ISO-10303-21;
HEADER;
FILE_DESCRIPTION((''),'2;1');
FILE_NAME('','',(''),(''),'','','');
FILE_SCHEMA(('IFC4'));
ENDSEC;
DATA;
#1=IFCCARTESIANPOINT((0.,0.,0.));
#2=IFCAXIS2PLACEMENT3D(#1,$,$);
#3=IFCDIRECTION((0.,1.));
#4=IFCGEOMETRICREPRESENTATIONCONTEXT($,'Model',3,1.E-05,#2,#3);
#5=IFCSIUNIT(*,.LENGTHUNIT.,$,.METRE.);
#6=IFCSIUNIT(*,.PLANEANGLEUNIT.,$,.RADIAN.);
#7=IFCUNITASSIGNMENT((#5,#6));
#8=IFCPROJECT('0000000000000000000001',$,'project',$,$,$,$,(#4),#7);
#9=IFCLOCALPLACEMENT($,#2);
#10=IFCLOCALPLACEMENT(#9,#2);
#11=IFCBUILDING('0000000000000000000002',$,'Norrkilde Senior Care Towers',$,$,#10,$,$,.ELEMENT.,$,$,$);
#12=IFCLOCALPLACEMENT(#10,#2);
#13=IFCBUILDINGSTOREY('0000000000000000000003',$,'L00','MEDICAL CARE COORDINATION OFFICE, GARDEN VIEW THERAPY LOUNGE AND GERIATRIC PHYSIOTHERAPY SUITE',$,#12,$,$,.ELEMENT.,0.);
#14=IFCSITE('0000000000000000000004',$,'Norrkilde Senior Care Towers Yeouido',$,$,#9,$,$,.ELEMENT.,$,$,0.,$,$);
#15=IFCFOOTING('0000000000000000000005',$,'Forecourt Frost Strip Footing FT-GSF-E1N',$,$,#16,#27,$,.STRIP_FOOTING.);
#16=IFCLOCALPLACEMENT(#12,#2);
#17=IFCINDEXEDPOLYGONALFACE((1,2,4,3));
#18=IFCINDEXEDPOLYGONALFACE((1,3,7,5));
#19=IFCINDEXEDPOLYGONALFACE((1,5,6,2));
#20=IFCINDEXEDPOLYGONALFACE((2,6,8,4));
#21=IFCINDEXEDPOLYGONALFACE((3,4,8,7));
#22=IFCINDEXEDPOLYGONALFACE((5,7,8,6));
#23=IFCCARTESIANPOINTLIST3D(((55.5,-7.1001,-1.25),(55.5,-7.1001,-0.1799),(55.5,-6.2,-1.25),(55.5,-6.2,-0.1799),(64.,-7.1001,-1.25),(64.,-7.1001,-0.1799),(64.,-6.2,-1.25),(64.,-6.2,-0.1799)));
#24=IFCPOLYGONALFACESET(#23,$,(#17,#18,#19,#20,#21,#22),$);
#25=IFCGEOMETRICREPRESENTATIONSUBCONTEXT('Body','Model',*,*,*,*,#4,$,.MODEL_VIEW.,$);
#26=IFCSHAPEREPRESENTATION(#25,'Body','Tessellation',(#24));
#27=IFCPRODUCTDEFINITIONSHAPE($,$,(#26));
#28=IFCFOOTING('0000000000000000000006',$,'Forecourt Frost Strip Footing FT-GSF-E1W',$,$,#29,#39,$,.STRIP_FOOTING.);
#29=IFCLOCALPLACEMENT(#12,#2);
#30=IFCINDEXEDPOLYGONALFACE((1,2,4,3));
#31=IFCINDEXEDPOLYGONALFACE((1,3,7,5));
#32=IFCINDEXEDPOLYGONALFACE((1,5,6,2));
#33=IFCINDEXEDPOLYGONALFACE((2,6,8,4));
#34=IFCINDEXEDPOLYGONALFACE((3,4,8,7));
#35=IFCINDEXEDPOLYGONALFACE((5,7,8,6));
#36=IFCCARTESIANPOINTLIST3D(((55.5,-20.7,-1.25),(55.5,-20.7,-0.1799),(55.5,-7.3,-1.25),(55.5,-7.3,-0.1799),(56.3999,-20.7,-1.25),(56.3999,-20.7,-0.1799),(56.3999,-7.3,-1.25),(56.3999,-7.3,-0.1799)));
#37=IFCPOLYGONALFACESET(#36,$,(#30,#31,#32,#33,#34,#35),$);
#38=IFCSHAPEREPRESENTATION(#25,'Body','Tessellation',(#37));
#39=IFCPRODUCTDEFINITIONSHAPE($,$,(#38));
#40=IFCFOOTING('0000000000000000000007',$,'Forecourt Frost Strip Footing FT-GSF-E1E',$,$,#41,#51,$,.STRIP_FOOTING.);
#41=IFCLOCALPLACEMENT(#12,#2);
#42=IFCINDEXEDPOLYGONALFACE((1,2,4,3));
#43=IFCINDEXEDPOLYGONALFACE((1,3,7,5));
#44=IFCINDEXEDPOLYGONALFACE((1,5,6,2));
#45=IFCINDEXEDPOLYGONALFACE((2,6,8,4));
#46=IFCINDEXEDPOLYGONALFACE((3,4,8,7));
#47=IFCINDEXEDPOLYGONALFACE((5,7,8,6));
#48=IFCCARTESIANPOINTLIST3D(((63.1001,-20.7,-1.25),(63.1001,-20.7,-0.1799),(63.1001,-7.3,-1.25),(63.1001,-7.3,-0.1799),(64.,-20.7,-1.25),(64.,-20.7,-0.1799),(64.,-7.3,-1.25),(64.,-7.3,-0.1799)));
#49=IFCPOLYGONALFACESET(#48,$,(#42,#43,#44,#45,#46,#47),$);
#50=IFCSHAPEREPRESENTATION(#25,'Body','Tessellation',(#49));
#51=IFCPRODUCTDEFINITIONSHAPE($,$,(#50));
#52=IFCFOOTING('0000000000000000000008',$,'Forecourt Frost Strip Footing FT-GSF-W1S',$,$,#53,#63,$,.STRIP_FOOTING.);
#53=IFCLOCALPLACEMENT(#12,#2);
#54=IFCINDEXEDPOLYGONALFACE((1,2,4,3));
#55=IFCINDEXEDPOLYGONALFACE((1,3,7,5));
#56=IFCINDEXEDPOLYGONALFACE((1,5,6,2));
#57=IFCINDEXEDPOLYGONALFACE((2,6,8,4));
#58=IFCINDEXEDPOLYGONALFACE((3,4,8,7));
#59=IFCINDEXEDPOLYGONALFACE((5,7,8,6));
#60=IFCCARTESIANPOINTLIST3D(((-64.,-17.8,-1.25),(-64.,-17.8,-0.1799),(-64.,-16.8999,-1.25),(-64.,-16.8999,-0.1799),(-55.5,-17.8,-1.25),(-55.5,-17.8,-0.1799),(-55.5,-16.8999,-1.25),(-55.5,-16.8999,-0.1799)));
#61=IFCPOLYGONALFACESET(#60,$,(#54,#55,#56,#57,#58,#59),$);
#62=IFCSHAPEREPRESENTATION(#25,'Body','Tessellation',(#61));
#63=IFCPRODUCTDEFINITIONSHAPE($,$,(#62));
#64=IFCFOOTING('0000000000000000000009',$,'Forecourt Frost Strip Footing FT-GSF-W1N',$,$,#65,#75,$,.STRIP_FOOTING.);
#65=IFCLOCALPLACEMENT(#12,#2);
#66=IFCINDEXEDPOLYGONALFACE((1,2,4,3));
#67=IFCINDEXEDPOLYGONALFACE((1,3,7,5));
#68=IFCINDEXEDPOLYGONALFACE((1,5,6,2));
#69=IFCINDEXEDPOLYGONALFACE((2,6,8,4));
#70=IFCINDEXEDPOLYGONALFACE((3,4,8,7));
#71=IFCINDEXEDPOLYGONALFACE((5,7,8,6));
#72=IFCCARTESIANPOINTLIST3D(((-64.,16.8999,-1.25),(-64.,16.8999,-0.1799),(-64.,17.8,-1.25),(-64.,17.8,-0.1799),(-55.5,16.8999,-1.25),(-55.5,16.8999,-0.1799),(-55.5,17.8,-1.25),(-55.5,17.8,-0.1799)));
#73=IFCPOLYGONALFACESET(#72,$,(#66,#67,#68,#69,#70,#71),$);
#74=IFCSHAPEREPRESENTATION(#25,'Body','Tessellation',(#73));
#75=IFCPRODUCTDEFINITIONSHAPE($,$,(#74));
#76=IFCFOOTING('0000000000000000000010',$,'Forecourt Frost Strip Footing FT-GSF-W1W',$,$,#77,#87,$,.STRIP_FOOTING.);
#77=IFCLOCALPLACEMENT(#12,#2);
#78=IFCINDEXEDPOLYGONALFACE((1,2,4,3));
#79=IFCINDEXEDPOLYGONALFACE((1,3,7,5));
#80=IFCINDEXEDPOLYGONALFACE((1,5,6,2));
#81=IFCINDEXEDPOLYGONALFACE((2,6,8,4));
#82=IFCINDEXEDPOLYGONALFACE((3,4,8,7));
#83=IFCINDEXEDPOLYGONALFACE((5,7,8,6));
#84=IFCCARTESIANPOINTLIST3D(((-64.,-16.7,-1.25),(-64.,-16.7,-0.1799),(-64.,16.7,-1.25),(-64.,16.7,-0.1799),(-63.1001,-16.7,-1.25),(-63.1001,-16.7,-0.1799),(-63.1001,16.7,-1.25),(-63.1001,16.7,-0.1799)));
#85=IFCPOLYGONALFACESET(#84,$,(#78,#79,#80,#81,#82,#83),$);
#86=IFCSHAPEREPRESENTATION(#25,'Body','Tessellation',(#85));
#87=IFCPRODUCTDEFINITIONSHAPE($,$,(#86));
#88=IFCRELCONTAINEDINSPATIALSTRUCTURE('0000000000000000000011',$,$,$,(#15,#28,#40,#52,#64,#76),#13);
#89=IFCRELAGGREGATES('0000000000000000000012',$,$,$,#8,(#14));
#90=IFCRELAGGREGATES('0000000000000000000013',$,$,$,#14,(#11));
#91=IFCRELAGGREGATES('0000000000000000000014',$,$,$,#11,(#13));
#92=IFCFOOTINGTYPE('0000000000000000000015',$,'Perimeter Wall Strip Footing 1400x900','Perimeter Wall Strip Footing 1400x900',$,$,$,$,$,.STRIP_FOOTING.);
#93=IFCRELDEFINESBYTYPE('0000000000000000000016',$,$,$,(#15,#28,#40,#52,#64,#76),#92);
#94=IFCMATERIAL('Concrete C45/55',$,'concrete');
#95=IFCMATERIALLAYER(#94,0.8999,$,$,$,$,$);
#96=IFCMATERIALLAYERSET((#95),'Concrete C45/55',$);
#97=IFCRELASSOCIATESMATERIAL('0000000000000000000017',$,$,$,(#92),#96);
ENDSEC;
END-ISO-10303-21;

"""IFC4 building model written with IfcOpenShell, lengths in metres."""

from ifc_helpers import new_model, si_unit, direction, frame, origin, place, context, subcontext, project, spatial, polyline, outline, extrude, material, layer, layer_set, type_object, element, save


model = new_model("IFC4")

# Units and contexts
model_context = context("Model", 3, precision=1e-05, world=origin(), true_north=direction((0.0, 1.0)))
body_context = subcontext(model_context, "Body", "Model", "MODEL_VIEW")
ifc_project = project(units=[si_unit("LENGTHUNIT", "METRE"), si_unit("PLANEANGLEUNIT", "RADIAN")], contexts=[model_context])

# Site, building, storey
site_placement = place(None, origin())
site = spatial("IfcSite", under=ifc_project, at=site_placement, Name="Norrkilde Senior Care Towers Yeouido", CompositionType="ELEMENT", RefElevation=0.0)
building_placement = place(site_placement, origin())
building = spatial("IfcBuilding", under=site, at=building_placement, Name="Norrkilde Senior Care Towers", CompositionType="ELEMENT")
storey_placement = place(building_placement, origin())
storey = spatial("IfcBuildingStorey", under=building, at=storey_placement, Name="L00", Description="MEDICAL CARE COORDINATION OFFICE, GARDEN VIEW THERAPY LOUNGE AND GERIATRIC PHYSIOTHERAPY SUITE", CompositionType="ELEMENT", Elevation=0.0)

# Footings
ifc_material = material(Name="Concrete C45/55", Category="concrete")
ifc_layer = layer(ifc_material, 0.8999)
ifc_layer_set = layer_set([ifc_layer], Name="Concrete C45/55")
footing_type = type_object("IfcFootingType", Name="Perimeter Wall Strip Footing 1400x900", Description="Perimeter Wall Strip Footing 1400x900", PredefinedType="STRIP_FOOTING", material=ifc_layer_set)
footing_1_placement = place(storey_placement, frame((0.0, 0.0, -1.25)))
element("IfcFooting", 1, at=footing_1_placement, inside=storey, type_object=footing_type, Name="Forecourt Frost Strip Footing FT-GSF-E1N", PredefinedType="STRIP_FOOTING", context=body_context, shape_type="SweptSolid", body=[
    extrude(outline(polyline([(55.5, -7.1001), (64.0, -7.1001), (64.0, -6.2), (55.5, -6.2), (55.5, -7.1001)])), origin(), (0.0, 0.0, 1.0), 1.0701),
])
footing_2_placement = place(storey_placement, frame((0.0, 0.0, -1.25)))
element("IfcFooting", 2, at=footing_2_placement, inside=storey, type_object=footing_type, Name="Forecourt Frost Strip Footing FT-GSF-E1W", PredefinedType="STRIP_FOOTING", context=body_context, shape_type="SweptSolid", body=[
    extrude(outline(polyline([(55.5, -20.7), (56.3999, -20.7), (56.3999, -7.3), (55.5, -7.3), (55.5, -20.7)])), origin(), (0.0, 0.0, 1.0), 1.0701),
])
footing_3_placement = place(storey_placement, frame((0.0, 0.0, -1.25)))
element("IfcFooting", 3, at=footing_3_placement, inside=storey, type_object=footing_type, Name="Forecourt Frost Strip Footing FT-GSF-E1E", PredefinedType="STRIP_FOOTING", context=body_context, shape_type="SweptSolid", body=[
    extrude(outline(polyline([(63.1001, -20.7), (64.0, -20.7), (64.0, -7.3), (63.1001, -7.3), (63.1001, -20.7)])), origin(), (0.0, 0.0, 1.0), 1.0701),
])
footing_4_placement = place(storey_placement, frame((0.0, 0.0, -1.25)))
element("IfcFooting", 4, at=footing_4_placement, inside=storey, type_object=footing_type, Name="Forecourt Frost Strip Footing FT-GSF-W1S", PredefinedType="STRIP_FOOTING", context=body_context, shape_type="SweptSolid", body=[
    extrude(outline(polyline([(-64.0, -17.8), (-55.5, -17.8), (-55.5, -16.8999), (-64.0, -16.8999), (-64.0, -17.8)])), origin(), (0.0, 0.0, 1.0), 1.0701),
])
footing_5_placement = place(storey_placement, frame((0.0, 0.0, -1.25)))
element("IfcFooting", 5, at=footing_5_placement, inside=storey, type_object=footing_type, Name="Forecourt Frost Strip Footing FT-GSF-W1N", PredefinedType="STRIP_FOOTING", context=body_context, shape_type="SweptSolid", body=[
    extrude(outline(polyline([(-64.0, 16.8999), (-55.5, 16.8999), (-55.5, 17.8), (-64.0, 17.8), (-64.0, 16.8999)])), origin(), (0.0, 0.0, 1.0), 1.0701),
])
footing_6_placement = place(storey_placement, frame((0.0, 0.0, -1.25)))
element("IfcFooting", 6, at=footing_6_placement, inside=storey, type_object=footing_type, Name="Forecourt Frost Strip Footing FT-GSF-W1W", PredefinedType="STRIP_FOOTING", context=body_context, shape_type="SweptSolid", body=[
    extrude(outline(polyline([(-64.0, -16.7), (-63.1001, -16.7), (-63.1001, 16.7), (-64.0, 16.7), (-64.0, -16.7)])), origin(), (0.0, 0.0, 1.0), 1.0701),
])

save(model, "model.ifc")
